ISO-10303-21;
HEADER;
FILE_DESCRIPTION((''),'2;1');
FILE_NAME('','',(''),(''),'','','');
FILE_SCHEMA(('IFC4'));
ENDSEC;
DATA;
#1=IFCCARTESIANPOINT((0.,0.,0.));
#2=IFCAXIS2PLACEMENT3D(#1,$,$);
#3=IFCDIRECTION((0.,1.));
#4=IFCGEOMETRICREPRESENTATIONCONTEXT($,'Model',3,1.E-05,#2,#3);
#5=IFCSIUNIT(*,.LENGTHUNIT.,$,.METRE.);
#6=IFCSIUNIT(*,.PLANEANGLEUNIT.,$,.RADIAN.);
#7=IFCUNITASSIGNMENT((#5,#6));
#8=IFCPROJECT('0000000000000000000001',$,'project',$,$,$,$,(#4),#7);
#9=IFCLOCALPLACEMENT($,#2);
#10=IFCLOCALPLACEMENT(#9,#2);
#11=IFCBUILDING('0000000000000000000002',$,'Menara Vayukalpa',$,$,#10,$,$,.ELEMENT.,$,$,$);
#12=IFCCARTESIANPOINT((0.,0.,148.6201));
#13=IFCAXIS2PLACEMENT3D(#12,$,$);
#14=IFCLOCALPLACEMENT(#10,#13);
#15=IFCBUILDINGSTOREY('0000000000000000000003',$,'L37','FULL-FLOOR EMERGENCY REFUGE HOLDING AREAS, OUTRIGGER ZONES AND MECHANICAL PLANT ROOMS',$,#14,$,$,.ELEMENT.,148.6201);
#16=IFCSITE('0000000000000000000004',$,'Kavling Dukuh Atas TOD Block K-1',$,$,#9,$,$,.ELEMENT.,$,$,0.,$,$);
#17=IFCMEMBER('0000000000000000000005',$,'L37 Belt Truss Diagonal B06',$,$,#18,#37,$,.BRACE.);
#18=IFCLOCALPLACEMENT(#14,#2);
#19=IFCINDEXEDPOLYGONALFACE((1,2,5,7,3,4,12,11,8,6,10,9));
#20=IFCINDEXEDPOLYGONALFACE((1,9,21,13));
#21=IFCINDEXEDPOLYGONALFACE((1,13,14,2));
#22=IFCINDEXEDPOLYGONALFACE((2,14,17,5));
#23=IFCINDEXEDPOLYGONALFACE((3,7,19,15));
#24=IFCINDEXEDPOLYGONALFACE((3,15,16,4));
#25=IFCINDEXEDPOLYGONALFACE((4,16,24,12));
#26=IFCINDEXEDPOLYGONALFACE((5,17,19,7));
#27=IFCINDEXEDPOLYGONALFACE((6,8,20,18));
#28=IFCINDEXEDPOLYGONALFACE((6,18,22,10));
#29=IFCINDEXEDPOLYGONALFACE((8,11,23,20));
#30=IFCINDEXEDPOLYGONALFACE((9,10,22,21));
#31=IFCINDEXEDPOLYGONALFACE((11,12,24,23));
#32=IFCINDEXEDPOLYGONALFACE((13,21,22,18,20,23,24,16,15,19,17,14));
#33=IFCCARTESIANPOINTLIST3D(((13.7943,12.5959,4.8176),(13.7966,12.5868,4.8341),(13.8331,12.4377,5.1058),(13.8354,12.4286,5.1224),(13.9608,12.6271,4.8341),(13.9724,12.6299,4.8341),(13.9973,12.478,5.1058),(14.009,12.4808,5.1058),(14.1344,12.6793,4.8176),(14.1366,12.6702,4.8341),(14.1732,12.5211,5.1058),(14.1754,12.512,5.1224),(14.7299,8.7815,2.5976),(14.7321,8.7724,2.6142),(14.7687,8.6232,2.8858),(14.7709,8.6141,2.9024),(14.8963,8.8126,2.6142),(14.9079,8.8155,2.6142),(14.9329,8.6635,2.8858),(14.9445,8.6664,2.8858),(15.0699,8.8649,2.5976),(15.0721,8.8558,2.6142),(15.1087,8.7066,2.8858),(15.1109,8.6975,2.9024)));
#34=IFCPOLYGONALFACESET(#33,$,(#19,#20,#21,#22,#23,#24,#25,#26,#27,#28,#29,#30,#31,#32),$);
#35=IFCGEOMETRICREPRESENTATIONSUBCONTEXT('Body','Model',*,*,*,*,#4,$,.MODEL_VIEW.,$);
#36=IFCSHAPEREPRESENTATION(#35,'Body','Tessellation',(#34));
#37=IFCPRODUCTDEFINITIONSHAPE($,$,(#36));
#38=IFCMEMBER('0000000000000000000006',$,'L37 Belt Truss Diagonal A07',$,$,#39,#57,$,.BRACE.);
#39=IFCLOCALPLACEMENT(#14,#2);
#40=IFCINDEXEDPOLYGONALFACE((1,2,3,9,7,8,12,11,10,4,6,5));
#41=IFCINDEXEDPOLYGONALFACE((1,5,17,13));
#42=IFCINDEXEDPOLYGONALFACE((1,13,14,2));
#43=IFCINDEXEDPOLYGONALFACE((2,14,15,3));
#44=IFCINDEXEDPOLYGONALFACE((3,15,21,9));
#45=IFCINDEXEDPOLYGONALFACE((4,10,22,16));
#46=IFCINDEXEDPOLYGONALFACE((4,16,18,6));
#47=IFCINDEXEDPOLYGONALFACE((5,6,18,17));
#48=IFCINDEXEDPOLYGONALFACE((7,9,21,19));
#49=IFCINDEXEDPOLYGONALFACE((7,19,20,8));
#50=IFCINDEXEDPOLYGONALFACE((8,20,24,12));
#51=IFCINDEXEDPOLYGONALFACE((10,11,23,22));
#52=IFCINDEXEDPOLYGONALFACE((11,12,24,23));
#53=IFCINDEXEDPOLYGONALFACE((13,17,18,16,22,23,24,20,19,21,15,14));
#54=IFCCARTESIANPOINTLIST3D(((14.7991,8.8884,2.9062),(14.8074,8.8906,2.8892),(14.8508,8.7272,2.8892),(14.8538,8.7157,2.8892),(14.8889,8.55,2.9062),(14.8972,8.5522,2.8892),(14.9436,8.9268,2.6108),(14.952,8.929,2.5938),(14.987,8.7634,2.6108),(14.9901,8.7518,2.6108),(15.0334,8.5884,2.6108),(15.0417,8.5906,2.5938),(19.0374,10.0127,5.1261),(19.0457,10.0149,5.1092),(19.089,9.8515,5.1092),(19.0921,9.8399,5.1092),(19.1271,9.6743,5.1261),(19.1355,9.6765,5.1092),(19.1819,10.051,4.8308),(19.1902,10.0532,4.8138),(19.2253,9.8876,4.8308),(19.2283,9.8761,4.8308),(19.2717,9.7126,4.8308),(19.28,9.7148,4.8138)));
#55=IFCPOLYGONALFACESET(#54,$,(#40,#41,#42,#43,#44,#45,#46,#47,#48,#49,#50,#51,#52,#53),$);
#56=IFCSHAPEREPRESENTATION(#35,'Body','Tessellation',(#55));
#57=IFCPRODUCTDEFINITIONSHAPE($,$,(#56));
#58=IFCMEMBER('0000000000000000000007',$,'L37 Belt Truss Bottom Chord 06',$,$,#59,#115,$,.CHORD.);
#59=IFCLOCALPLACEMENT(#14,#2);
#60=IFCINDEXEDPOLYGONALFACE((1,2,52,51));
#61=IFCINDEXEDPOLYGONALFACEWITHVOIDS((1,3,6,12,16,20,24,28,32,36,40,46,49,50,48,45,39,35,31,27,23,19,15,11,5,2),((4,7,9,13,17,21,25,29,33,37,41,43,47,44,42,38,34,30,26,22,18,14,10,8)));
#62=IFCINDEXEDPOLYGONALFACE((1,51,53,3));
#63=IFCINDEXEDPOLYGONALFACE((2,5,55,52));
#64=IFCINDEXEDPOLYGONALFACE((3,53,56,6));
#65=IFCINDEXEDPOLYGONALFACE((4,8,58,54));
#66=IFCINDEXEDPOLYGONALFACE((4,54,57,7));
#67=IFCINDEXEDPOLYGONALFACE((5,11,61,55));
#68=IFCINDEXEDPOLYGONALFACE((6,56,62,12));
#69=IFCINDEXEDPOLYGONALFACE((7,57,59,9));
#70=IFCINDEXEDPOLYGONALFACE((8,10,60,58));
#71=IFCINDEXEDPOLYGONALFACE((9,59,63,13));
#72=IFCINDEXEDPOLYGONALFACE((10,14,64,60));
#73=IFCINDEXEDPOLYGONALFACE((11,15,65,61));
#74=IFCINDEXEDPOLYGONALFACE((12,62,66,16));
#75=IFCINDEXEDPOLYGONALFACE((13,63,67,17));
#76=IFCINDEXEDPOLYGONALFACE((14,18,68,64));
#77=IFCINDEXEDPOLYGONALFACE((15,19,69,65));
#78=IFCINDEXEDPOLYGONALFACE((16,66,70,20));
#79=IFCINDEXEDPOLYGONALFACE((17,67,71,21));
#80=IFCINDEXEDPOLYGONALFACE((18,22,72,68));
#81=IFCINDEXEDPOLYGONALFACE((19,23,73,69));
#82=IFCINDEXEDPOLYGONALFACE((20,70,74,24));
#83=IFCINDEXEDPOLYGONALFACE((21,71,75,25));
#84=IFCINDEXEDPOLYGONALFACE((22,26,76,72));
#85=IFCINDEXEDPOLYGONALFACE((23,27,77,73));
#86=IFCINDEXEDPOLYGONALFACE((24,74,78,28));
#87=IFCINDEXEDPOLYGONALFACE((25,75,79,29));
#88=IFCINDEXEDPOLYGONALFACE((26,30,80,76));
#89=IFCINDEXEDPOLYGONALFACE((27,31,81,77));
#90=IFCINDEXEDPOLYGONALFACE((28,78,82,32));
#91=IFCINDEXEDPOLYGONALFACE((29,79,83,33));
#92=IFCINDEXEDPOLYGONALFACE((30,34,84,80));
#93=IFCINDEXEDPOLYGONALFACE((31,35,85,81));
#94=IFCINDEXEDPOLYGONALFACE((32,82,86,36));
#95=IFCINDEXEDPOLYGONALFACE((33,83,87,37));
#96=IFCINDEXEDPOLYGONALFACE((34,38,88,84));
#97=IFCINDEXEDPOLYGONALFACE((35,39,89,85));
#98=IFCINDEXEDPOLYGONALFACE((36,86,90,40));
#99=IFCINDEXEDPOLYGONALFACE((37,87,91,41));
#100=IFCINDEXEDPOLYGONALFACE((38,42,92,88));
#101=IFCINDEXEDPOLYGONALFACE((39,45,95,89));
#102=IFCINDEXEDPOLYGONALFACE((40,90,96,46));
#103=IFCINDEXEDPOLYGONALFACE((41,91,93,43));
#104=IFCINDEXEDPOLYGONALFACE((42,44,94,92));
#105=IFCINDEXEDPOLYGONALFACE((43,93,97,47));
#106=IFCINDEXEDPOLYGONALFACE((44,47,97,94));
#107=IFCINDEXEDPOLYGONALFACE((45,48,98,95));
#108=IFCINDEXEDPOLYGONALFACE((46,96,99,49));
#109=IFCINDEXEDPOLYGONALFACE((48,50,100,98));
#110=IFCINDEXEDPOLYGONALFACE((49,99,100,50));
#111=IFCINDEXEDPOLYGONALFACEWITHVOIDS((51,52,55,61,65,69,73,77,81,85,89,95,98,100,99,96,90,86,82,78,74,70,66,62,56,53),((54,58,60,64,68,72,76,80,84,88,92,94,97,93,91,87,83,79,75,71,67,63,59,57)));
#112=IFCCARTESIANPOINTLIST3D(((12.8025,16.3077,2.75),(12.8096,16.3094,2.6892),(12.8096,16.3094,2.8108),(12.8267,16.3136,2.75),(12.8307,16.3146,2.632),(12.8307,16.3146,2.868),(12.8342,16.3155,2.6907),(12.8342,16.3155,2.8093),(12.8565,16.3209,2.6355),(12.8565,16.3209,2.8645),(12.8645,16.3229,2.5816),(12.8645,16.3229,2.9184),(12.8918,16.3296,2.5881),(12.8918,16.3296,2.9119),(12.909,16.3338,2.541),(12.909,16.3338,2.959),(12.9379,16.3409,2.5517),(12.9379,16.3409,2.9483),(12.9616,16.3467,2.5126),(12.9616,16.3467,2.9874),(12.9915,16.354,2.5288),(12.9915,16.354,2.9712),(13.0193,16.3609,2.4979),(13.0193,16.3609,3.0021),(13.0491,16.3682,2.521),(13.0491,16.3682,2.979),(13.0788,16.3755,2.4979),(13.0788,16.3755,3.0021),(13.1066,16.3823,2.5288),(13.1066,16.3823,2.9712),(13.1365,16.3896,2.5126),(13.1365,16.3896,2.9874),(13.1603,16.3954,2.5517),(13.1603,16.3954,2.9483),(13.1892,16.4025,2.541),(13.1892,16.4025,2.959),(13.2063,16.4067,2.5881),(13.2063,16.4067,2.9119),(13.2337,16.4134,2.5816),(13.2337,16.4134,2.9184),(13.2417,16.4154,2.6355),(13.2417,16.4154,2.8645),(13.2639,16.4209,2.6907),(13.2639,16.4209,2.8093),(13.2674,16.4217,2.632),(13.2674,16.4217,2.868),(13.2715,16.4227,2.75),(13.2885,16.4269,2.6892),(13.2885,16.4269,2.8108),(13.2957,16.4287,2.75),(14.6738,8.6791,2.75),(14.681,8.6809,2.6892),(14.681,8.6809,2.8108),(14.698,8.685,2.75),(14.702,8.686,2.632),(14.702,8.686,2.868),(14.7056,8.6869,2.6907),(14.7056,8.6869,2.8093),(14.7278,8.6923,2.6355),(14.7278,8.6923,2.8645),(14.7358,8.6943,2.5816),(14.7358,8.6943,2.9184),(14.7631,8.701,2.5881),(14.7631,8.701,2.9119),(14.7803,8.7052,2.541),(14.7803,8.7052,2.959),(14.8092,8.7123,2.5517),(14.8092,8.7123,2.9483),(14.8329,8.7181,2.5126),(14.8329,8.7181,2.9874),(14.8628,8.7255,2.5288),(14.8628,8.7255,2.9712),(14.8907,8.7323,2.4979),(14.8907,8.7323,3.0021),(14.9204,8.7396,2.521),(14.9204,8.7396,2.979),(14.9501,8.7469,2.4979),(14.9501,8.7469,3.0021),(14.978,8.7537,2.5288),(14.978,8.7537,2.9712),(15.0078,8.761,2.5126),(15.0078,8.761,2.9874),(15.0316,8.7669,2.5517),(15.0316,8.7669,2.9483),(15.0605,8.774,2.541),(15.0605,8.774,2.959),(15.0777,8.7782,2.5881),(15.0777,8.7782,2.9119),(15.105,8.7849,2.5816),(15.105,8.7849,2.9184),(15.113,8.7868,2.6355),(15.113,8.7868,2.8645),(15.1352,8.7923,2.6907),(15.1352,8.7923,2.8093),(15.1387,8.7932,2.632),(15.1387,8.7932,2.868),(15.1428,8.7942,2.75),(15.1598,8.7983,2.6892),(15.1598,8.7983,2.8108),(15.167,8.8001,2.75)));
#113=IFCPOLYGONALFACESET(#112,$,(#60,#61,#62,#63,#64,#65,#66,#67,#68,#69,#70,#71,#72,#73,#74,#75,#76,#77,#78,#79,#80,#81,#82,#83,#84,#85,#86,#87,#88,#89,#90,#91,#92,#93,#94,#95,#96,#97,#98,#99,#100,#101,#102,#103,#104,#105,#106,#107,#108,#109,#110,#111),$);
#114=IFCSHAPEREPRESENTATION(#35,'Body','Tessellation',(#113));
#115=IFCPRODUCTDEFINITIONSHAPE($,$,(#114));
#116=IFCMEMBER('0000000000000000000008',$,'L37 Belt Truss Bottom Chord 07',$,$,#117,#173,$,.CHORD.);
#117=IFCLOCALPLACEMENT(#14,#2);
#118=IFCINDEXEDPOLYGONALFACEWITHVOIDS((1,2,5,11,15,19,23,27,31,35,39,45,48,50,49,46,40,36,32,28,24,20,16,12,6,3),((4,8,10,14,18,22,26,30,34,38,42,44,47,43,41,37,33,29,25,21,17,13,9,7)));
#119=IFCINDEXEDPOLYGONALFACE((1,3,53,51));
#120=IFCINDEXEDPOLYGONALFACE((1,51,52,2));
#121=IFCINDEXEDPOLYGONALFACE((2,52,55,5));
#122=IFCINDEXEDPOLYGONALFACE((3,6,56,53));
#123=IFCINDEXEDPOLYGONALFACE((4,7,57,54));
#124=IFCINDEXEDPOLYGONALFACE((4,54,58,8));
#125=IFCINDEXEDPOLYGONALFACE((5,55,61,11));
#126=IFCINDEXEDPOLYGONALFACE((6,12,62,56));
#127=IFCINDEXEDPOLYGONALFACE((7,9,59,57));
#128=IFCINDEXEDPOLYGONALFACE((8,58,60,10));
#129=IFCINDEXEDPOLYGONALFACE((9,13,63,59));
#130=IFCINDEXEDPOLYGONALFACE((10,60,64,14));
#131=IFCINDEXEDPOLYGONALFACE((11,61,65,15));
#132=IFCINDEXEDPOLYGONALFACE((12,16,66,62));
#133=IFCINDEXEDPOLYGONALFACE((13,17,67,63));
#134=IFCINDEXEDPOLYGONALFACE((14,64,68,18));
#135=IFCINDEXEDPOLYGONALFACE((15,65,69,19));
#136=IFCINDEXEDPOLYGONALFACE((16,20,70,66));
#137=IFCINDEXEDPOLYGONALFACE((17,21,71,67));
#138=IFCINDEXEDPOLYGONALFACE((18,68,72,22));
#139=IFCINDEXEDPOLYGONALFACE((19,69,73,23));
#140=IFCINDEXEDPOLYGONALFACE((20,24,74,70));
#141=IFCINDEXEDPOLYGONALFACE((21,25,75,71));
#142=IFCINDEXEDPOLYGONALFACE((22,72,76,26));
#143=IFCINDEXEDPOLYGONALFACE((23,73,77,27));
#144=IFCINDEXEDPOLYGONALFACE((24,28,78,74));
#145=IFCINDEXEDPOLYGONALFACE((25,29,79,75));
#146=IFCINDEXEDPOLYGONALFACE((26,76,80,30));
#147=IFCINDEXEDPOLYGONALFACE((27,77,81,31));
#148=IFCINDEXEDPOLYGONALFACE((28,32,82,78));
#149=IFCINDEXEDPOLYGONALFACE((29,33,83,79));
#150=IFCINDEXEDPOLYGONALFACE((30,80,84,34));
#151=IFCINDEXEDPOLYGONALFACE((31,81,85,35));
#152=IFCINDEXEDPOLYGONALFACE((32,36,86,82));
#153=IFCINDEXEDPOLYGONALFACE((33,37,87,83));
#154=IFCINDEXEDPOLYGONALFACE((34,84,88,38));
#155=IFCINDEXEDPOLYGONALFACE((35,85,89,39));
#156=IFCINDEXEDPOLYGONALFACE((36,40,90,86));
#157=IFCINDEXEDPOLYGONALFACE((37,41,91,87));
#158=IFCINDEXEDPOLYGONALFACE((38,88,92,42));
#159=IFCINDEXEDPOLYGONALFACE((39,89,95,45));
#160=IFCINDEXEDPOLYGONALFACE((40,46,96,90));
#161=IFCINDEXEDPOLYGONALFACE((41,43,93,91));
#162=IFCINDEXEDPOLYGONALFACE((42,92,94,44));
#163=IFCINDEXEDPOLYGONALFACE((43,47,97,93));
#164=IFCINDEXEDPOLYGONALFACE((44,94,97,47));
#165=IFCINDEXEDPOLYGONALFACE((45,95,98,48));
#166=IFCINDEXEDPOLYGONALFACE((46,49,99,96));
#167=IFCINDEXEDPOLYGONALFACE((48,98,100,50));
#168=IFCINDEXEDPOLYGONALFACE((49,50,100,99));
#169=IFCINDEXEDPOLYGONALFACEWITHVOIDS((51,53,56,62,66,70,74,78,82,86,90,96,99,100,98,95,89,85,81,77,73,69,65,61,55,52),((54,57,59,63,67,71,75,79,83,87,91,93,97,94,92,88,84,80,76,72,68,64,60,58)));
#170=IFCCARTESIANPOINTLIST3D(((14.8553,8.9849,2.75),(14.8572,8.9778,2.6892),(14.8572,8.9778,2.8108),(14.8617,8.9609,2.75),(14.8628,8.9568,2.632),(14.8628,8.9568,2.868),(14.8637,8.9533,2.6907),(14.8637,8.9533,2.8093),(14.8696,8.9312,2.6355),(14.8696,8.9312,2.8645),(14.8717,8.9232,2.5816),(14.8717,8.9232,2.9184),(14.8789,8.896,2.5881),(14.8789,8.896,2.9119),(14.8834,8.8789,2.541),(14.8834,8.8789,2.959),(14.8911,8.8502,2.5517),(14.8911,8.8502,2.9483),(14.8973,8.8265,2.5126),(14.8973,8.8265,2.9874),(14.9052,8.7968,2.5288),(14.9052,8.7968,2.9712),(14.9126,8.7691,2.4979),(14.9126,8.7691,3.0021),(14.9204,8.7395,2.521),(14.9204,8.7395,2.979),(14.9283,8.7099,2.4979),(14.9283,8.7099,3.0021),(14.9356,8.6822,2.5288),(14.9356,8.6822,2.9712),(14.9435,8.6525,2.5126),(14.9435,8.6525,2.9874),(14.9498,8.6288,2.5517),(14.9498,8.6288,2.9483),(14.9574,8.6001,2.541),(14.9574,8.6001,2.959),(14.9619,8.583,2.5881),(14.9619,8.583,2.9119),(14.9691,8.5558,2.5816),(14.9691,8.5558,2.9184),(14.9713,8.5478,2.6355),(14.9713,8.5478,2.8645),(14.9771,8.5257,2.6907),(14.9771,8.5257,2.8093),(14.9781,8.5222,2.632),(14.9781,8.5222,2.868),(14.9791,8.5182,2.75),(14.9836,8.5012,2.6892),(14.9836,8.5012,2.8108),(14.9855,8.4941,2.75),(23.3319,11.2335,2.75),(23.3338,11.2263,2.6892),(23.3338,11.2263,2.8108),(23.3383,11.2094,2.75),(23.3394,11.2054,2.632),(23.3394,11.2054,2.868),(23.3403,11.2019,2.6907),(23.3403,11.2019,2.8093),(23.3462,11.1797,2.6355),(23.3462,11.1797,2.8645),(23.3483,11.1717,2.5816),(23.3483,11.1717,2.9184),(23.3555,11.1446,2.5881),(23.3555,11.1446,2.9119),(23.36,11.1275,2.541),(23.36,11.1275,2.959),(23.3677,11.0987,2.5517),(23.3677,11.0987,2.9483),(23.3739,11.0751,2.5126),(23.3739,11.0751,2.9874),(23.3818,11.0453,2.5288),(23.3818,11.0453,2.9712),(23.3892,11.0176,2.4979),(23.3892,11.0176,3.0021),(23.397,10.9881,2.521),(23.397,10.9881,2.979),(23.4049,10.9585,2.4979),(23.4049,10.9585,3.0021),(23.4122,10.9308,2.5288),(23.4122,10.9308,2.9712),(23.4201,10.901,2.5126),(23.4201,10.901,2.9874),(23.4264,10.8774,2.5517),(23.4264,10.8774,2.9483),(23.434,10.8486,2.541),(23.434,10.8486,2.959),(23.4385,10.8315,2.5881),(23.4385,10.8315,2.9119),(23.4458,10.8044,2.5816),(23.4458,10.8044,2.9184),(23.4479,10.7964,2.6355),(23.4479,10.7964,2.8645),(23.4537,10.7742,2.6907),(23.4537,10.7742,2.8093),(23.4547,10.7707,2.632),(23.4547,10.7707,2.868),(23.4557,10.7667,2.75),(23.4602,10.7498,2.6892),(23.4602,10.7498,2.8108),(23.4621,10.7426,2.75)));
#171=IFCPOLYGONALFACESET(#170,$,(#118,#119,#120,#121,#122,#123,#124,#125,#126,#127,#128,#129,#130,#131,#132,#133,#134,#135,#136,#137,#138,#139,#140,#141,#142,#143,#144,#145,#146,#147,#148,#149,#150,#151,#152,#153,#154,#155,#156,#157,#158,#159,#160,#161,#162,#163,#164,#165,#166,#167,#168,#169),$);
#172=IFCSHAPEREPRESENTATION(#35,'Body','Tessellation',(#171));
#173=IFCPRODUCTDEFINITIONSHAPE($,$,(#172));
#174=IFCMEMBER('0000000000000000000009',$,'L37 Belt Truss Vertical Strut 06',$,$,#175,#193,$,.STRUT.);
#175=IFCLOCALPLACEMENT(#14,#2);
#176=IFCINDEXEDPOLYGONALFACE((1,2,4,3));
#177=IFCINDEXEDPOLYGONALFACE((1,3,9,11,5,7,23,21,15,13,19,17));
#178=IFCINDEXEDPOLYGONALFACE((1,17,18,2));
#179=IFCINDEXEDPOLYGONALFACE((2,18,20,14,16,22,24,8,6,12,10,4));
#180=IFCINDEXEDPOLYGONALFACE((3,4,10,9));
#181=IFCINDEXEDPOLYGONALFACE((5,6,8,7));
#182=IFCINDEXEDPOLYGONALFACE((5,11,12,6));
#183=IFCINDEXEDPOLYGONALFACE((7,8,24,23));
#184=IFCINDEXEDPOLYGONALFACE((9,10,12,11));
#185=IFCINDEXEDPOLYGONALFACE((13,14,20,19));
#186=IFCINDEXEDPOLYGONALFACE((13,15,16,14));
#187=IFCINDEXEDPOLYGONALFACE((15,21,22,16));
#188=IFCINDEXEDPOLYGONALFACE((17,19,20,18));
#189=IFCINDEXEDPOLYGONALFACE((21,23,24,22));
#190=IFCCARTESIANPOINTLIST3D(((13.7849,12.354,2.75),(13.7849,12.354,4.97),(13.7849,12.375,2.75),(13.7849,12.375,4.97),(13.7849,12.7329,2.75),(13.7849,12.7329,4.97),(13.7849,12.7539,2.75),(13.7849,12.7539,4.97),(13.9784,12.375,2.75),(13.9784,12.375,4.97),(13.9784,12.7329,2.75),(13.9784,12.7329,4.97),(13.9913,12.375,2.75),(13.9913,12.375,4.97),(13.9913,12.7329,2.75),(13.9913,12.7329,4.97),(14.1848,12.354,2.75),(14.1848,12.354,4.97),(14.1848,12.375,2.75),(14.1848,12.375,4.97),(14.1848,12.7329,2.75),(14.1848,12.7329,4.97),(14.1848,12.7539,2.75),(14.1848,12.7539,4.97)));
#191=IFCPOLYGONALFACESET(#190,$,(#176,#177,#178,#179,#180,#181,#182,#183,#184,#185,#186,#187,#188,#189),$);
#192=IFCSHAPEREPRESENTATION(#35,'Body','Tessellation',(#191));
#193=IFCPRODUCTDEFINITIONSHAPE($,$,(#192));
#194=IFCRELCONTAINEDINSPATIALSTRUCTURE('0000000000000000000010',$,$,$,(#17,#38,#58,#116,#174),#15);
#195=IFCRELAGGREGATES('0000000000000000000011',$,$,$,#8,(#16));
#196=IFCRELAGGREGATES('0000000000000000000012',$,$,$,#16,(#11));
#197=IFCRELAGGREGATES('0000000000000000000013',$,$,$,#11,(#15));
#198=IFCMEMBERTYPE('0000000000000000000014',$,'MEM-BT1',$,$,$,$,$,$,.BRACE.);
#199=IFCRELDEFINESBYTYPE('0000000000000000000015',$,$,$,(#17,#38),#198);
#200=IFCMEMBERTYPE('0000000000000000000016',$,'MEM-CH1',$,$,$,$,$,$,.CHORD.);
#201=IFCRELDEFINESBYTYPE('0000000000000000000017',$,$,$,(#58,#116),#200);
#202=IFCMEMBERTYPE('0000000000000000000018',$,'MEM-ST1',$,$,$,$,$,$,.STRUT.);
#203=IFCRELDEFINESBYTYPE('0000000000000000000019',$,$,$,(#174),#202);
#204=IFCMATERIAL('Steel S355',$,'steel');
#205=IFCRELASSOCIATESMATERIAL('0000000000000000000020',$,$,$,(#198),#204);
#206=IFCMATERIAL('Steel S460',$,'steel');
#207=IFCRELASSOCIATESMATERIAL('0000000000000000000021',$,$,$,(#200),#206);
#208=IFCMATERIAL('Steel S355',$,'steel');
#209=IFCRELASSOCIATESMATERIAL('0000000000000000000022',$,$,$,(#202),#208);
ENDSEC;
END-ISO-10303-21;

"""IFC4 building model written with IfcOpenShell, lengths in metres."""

from ifc_helpers import new_model, si_unit, direction, frame, origin, origin_2d, place, context, subcontext, project, spatial, hollow_circle, i_section, extrude, material, material_profile, profile_set, type_object, element, save


model = new_model("IFC4")

# Units and contexts
model_context = context("Model", 3, precision=1e-05, world=origin(), true_north=direction((0.0, 1.0)))
body_context = subcontext(model_context, "Body", "Model", "MODEL_VIEW")
ifc_project = project(units=[si_unit("LENGTHUNIT", "METRE"), si_unit("PLANEANGLEUNIT", "RADIAN")], contexts=[model_context])

# Site, building, storey
site_placement = place(None, origin())
site = spatial("IfcSite", under=ifc_project, at=site_placement, Name="Kavling Dukuh Atas TOD Block K-1", CompositionType="ELEMENT", RefElevation=0.0)
building_placement = place(site_placement, origin())
building = spatial("IfcBuilding", under=site, at=building_placement, Name="Menara Vayukalpa", CompositionType="ELEMENT")
storey_placement = place(building_placement, frame((0.0, 0.0, 148.6201)))
storey = spatial("IfcBuildingStorey", under=building, at=storey_placement, Name="L37", Description="FULL-FLOOR EMERGENCY REFUGE HOLDING AREAS, OUTRIGGER ZONES AND MECHANICAL PLANT ROOMS", CompositionType="ELEMENT", Elevation=148.6201)

# Members
ifc_material_1 = material(Name="Steel S355", Category="steel")
ifc_material_profile_1 = material_profile(ifc_material_1, i_section(OverallWidth=0.3501, OverallDepth=0.3501, WebThickness=0.012, FlangeThickness=0.019, at=origin_2d()), Name="H 350x350x12x19")
ifc_profile_set_1 = profile_set([ifc_material_profile_1], Name="Steel S355")
member_type_1 = type_object("IfcMemberType", Name="MEM-BT1", PredefinedType="BRACE", material=ifc_profile_set_1)
member_1_placement = place(storey_placement, frame((14.9204, 8.7395, 2.75), z_axis=(-0.20737, 0.845497, 0.49207), x_axis=(-0.971215, -0.238204, 0.0)))
element("IfcMember", 1, at=member_1_placement, inside=storey, type_object=member_type_1, Name="L37 Belt Truss Diagonal B06", PredefinedType="BRACE", context=body_context, shape_type="SweptSolid", body=[
    extrude(i_section(OverallWidth=0.3501, OverallDepth=0.3501, WebThickness=0.012, FlangeThickness=0.019, at=origin_2d()), origin(), (0.0, 0.0, 1.0), 4.5115),
])
member_2_placement = place(storey_placement, frame((14.9204, 8.7395, 2.75), z_axis=(0.86235, 0.228751, 0.451691), x_axis=(-0.256398, 0.966571, 0.0)))
element("IfcMember", 2, at=member_2_placement, inside=storey, type_object=member_type_1, Name="L37 Belt Truss Diagonal A07", PredefinedType="BRACE", context=body_context, shape_type="SweptSolid", body=[
    extrude(i_section(OverallWidth=0.3501, OverallDepth=0.3501, WebThickness=0.012, FlangeThickness=0.019, at=origin_2d()), origin(), (0.0, 0.0, 1.0), 4.9148),
])
ifc_material_2 = material(Name="Steel S460", Category="steel")
ifc_material_profile_2 = material_profile(ifc_material_2, hollow_circle(Radius=0.2539, WallThickness=0.0249, at=origin_2d()), Name="CHS 508.0x25")
ifc_profile_set_2 = profile_set([ifc_material_profile_2], Name="Steel S460")
member_type_2 = type_object("IfcMemberType", Name="MEM-CH1", PredefinedType="CHORD", material=ifc_profile_set_2)
member_3_placement = place(storey_placement, frame((13.0491, 16.3682, 2.75), z_axis=(0.23824, -0.971206, 0.0), x_axis=(0.971206, 0.23824, 0.0)))
element("IfcMember", 3, at=member_3_placement, inside=storey, type_object=member_type_2, Name="L37 Belt Truss Bottom Chord 06", PredefinedType="CHORD", context=body_context, shape_type="SweptSolid", body=[
    extrude(hollow_circle(Radius=0.2539, WallThickness=0.0249, at=origin_2d()), origin(), (0.0, 0.0, 1.0), 7.8547),
])
member_4_placement = place(storey_placement, frame((14.9204, 8.7395, 2.75), z_axis=(0.966571, 0.256398, 0.0), x_axis=(-0.256398, 0.966571, 0.0)))
element("IfcMember", 4, at=member_4_placement, inside=storey, type_object=member_type_2, Name="L37 Belt Truss Bottom Chord 07", PredefinedType="CHORD", context=body_context, shape_type="SweptSolid", body=[
    extrude(hollow_circle(Radius=0.2539, WallThickness=0.0249, at=origin_2d()), origin(), (0.0, 0.0, 1.0), 8.7698),
])
ifc_material_3 = material(Name="Steel S355", Category="steel")
ifc_material_profile_3 = material_profile(ifc_material_3, i_section(OverallWidth=0.3999, OverallDepth=0.3999, WebThickness=0.0129, FlangeThickness=0.021, at=origin_2d()), Name="H 400x400x13x21")
ifc_profile_set_3 = profile_set([ifc_material_profile_3], Name="Steel S355")
member_type_3 = type_object("IfcMemberType", Name="MEM-ST1", PredefinedType="STRUT", material=ifc_profile_set_3)
member_5_placement = place(storey_placement, frame((13.9849, 12.554, 2.75), z_axis=(0.0, 0.0, 1.0), x_axis=(1.0, 0.0, 0.0)))
element("IfcMember", 5, at=member_5_placement, inside=storey, type_object=member_type_3, Name="L37 Belt Truss Vertical Strut 06", PredefinedType="STRUT", context=body_context, shape_type="SweptSolid", body=[
    extrude(i_section(OverallWidth=0.3999, OverallDepth=0.3999, WebThickness=0.0129, FlangeThickness=0.021, at=origin_2d()), origin(), (0.0, 0.0, 1.0), 2.22),
])

save(model, "model.ifc")
